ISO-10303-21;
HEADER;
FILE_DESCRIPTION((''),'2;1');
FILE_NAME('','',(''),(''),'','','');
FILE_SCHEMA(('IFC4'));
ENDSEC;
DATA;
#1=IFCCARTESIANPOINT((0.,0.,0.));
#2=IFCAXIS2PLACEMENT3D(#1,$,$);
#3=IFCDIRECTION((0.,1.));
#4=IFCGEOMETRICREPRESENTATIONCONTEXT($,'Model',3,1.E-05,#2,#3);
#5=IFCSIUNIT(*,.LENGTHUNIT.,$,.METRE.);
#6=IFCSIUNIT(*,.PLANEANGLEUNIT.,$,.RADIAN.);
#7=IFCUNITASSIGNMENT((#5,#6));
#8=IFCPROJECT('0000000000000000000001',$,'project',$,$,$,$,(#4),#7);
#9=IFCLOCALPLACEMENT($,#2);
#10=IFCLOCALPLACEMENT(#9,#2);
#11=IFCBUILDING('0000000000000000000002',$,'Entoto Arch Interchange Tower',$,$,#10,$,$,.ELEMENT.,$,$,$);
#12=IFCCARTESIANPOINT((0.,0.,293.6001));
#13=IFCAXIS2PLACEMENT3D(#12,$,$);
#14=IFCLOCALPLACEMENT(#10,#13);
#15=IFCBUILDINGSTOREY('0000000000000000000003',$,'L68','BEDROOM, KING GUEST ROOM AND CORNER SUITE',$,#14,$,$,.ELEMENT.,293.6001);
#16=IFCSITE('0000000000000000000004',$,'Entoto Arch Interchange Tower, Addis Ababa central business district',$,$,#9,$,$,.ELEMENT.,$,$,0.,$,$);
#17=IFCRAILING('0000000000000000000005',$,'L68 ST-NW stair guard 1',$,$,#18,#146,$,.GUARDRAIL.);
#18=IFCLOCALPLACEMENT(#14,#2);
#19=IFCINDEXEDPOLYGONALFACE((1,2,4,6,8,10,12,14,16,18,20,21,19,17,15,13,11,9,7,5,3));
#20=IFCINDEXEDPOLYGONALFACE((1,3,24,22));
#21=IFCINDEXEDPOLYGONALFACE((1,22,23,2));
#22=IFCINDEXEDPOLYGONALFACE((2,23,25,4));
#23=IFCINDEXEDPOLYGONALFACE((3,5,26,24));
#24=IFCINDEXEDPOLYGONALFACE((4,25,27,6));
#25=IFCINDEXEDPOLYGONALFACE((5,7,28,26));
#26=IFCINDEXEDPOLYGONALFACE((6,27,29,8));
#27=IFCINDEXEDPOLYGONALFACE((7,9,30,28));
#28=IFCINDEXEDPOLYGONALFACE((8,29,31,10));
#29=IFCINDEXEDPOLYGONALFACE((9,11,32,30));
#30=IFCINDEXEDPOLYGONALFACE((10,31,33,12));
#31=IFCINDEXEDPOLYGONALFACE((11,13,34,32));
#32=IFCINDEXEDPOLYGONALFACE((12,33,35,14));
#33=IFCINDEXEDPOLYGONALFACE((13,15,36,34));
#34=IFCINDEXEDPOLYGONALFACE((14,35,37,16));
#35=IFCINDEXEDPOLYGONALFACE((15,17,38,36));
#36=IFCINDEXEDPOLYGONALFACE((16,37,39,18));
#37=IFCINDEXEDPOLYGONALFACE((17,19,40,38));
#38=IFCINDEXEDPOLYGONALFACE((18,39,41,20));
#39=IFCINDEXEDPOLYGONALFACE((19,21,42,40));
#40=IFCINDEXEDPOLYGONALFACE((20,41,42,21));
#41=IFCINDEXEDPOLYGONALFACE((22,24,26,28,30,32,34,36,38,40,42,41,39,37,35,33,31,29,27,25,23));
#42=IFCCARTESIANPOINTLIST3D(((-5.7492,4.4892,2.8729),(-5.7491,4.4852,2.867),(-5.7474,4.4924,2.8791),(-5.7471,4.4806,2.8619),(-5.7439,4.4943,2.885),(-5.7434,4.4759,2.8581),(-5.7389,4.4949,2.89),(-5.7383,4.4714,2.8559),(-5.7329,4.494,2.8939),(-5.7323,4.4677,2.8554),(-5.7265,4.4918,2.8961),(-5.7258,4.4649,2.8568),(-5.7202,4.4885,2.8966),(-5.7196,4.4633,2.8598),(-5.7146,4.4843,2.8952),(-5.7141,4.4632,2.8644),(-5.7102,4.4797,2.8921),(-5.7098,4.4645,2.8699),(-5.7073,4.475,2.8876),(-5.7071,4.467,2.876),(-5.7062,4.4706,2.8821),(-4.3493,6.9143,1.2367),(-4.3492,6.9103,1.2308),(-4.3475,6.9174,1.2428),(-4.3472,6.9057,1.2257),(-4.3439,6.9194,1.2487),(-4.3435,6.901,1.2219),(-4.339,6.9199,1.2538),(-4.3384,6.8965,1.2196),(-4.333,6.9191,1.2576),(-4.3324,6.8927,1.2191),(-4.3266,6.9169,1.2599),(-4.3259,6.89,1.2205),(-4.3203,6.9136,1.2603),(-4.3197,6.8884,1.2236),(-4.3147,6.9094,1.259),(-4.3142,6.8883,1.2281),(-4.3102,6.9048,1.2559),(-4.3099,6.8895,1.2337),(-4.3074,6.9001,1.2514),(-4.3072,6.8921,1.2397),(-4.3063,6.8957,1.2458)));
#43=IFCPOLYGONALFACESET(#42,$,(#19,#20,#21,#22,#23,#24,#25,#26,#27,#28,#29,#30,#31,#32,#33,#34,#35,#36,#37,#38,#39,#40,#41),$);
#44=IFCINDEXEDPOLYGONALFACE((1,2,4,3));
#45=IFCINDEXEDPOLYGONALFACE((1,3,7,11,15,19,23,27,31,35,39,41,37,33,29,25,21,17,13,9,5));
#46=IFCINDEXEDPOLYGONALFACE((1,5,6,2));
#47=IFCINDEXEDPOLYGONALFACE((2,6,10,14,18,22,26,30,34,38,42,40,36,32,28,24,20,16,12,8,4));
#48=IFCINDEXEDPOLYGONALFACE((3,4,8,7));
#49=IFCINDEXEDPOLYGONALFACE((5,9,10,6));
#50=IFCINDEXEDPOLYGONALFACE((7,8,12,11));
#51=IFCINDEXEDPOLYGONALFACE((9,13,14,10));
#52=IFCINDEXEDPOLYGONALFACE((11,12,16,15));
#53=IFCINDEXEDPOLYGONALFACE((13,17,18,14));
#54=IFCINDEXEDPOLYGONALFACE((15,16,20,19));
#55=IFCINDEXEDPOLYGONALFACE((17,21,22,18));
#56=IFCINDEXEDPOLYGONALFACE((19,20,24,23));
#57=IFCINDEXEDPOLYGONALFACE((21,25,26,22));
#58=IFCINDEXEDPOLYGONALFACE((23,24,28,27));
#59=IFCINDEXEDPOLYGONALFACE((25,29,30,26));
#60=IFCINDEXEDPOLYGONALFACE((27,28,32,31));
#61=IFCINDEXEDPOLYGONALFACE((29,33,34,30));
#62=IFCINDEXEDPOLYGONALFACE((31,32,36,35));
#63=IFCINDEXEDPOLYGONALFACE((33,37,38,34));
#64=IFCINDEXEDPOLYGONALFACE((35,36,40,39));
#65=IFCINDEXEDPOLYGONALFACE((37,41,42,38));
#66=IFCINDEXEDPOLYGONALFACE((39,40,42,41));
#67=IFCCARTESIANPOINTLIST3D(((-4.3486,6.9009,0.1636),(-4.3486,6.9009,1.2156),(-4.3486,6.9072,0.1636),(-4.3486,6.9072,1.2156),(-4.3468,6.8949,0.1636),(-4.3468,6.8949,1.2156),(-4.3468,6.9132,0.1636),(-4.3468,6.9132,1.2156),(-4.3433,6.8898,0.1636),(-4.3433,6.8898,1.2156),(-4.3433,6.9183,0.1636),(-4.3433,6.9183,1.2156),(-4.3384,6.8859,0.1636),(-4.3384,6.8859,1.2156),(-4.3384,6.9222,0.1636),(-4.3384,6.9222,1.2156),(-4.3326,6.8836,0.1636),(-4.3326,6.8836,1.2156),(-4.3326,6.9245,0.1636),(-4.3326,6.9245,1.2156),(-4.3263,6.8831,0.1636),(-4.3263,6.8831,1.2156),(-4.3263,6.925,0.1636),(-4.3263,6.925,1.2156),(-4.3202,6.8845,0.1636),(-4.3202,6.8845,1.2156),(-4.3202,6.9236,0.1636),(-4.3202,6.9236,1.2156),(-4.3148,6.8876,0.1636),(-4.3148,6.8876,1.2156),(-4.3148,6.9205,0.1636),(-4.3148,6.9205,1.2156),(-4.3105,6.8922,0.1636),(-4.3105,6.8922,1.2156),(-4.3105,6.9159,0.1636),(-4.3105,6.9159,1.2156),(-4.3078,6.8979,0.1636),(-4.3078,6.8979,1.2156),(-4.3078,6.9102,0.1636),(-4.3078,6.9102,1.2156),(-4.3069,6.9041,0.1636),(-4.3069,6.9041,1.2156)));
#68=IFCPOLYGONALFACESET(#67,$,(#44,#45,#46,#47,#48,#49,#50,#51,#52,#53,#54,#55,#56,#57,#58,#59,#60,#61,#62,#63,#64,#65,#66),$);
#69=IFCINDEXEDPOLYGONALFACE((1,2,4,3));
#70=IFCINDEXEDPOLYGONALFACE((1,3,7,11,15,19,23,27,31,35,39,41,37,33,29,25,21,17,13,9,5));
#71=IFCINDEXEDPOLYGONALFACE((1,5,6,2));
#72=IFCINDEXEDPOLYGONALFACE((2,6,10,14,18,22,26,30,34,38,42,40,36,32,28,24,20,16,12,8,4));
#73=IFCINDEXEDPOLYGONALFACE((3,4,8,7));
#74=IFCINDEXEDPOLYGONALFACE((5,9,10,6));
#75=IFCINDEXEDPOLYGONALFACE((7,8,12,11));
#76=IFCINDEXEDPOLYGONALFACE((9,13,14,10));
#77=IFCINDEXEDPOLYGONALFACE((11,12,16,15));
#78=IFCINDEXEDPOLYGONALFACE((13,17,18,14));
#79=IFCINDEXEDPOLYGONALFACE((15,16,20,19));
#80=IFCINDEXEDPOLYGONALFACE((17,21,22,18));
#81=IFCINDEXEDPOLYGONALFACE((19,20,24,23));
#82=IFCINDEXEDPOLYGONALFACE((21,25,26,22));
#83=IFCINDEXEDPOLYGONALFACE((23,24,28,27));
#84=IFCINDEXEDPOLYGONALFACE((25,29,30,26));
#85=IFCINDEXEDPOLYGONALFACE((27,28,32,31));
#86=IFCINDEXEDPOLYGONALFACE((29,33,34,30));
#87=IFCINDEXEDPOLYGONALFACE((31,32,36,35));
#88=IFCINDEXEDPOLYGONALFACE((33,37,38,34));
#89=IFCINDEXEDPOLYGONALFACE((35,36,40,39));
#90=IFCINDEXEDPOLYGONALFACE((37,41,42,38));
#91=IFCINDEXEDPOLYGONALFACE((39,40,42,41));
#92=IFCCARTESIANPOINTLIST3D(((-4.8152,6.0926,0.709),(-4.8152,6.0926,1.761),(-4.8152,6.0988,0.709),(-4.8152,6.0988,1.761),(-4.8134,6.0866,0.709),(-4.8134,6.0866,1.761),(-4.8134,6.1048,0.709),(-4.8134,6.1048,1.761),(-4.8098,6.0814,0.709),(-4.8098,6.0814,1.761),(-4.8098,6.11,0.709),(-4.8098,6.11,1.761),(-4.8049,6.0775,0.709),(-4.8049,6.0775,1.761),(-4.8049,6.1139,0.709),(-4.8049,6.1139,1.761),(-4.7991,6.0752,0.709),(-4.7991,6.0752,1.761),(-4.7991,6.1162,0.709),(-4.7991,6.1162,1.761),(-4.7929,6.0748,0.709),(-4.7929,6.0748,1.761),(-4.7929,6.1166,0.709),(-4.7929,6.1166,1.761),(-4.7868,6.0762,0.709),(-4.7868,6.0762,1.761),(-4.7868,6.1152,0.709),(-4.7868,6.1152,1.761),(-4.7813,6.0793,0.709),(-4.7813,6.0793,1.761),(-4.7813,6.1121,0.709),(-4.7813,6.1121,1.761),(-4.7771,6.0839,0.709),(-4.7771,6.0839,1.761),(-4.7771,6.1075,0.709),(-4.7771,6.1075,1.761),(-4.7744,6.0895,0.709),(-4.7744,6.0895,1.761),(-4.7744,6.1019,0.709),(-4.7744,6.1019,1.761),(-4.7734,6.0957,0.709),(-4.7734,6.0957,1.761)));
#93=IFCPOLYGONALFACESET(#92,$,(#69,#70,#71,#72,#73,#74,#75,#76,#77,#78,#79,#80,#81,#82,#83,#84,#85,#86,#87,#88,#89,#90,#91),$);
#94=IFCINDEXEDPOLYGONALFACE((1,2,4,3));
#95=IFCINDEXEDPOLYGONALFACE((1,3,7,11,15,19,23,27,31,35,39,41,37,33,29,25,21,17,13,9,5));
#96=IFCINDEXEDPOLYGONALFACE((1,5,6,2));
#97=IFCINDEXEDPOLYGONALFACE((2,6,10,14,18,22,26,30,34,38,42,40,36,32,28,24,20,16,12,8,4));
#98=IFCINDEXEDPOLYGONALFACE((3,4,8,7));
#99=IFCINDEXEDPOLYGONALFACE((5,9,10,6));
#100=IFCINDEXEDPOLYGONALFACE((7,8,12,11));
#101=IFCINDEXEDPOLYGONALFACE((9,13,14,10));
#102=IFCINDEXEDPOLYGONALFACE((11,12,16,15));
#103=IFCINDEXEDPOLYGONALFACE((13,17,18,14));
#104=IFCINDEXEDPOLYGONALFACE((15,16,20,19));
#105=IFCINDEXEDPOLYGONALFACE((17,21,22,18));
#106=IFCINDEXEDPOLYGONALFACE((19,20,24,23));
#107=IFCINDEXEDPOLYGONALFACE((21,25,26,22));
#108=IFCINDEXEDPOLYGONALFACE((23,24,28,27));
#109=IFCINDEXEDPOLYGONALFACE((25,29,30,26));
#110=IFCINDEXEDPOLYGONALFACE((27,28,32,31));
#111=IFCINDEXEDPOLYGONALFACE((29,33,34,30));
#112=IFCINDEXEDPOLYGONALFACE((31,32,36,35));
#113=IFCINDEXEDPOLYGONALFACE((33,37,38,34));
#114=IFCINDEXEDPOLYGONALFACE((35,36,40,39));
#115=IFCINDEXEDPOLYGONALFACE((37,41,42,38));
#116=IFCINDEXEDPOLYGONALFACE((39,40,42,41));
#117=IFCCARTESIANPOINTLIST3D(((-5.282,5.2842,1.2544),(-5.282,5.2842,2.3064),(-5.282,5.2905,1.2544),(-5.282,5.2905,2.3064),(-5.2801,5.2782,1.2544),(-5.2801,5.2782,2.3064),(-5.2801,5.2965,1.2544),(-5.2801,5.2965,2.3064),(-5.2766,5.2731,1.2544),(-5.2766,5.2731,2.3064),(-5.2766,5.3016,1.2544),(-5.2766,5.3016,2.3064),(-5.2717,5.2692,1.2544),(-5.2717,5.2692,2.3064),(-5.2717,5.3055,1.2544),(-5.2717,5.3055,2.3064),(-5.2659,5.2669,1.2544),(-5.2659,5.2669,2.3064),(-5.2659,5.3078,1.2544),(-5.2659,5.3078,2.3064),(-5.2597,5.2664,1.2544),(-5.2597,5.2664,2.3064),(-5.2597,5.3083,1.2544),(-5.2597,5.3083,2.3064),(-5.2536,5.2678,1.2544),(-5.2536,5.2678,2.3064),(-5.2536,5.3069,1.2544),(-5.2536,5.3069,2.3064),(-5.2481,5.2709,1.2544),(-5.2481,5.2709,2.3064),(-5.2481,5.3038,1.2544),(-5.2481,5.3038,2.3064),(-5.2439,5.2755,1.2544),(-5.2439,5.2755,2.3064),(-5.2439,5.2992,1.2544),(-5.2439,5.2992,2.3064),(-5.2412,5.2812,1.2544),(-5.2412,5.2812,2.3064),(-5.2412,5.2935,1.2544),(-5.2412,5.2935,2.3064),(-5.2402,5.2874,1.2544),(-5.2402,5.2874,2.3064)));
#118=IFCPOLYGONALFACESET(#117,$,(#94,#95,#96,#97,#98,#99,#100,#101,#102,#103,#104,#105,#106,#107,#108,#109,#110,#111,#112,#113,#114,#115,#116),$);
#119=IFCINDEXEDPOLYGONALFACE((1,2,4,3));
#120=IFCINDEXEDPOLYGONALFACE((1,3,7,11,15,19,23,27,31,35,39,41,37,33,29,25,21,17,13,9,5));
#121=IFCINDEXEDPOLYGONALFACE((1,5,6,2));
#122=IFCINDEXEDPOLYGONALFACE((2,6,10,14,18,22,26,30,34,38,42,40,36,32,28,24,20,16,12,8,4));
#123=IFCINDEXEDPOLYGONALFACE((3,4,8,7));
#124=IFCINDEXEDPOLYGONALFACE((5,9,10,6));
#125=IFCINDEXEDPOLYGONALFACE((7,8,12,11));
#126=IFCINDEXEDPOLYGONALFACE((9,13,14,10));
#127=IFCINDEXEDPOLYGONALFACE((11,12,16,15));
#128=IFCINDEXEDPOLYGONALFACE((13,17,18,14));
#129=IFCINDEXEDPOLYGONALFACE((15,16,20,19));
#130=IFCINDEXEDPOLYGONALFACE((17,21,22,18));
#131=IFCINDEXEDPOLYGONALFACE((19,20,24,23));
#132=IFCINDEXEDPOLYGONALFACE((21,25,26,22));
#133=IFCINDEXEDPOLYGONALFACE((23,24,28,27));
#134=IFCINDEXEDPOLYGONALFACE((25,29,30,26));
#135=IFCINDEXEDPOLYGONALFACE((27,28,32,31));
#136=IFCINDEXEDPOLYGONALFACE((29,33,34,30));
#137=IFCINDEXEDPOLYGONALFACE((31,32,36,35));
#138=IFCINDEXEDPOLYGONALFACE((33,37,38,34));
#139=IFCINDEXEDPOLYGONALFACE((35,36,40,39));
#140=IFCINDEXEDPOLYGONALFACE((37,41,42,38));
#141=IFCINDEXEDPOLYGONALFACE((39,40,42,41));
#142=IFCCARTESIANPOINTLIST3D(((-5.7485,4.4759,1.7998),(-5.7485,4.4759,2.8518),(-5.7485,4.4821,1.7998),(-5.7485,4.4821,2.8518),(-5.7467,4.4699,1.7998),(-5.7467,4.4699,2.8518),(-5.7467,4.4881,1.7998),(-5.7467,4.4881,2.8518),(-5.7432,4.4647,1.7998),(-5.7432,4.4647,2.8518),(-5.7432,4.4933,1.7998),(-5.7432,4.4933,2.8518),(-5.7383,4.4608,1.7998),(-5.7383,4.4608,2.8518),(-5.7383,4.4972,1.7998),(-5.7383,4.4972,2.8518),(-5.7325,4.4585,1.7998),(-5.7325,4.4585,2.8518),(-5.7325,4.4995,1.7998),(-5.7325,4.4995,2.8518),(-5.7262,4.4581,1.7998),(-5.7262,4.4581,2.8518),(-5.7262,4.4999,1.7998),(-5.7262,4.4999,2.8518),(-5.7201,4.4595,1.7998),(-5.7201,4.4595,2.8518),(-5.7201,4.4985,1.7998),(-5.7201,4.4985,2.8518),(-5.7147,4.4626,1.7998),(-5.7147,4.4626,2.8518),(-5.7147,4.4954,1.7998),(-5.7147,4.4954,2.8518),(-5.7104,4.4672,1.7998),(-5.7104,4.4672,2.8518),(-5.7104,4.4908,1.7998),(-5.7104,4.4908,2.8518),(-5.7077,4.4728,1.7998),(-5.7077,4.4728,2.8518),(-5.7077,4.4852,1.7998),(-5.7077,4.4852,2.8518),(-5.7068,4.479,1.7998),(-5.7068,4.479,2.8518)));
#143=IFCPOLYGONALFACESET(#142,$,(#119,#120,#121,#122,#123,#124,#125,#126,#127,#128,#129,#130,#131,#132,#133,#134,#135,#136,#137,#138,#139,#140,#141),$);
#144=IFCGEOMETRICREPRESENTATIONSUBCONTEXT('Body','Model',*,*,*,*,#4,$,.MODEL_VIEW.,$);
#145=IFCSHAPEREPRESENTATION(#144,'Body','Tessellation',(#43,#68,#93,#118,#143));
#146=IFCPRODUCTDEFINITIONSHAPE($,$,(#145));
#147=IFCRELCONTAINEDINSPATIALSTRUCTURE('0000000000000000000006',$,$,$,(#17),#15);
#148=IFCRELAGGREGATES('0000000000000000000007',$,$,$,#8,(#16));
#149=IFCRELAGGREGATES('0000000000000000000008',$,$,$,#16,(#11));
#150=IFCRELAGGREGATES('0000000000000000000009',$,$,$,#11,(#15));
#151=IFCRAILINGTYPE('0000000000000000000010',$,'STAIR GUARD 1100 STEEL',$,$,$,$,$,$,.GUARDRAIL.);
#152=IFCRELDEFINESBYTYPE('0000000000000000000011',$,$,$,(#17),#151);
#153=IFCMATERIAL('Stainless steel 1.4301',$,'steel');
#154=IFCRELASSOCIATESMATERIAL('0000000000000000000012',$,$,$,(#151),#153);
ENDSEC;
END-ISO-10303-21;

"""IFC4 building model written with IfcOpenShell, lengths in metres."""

from ifc_helpers import new_model, si_unit, direction, frame, origin, origin_2d, place, context, subcontext, project, spatial, circle, extrude, material, type_object, element, save


model = new_model("IFC4")

# Units and contexts
model_context = context("Model", 3, precision=1e-05, world=origin(), true_north=direction((0.0, 1.0)))
body_context = subcontext(model_context, "Body", "Model", "MODEL_VIEW")
ifc_project = project(units=[si_unit("LENGTHUNIT", "METRE"), si_unit("PLANEANGLEUNIT", "RADIAN")], contexts=[model_context])

# Site, building, storey
site_placement = place(None, origin())
site = spatial("IfcSite", under=ifc_project, at=site_placement, Name="Entoto Arch Interchange Tower, Addis Ababa central business district", CompositionType="ELEMENT", RefElevation=0.0)
building_placement = place(site_placement, origin())
building = spatial("IfcBuilding", under=site, at=building_placement, Name="Entoto Arch Interchange Tower", CompositionType="ELEMENT")
storey_placement = place(building_placement, frame((0.0, 0.0, 293.6001)))
storey = spatial("IfcBuildingStorey", under=building, at=storey_placement, Name="L68", Description="BEDROOM, KING GUEST ROOM AND CORNER SUITE", CompositionType="ELEMENT", Elevation=293.6001)

# Railing
ifc_material_1 = material(Name="Stainless steel 1.4301", Category="steel")
railing_type_1 = type_object("IfcRailingType", Name="STAIR GUARD 1100 STEEL", PredefinedType="GUARDRAIL", material=ifc_material_1)
railing_1_placement = place(storey_placement, frame((-4.3279, 6.9041, 0.1636)))
element("IfcRailing", 1, at=railing_1_placement, inside=storey, type_object=railing_type_1, Name="L68 ST-NW stair guard 1", PredefinedType="GUARDRAIL", context=body_context, shape_type="SweptSolid", body=[
    extrude(circle(Radius=0.0239, at=origin_2d()), frame((0.0, 0.0, 1.0762), z_axis=(-0.431653, -0.747751, 0.504523), x_axis=(0.866056, -0.499946, 0.0)), (0.0, 0.0, 1.0), 3.2432),
    extrude(circle(Radius=0.021, at=origin_2d()), origin(), (0.0, 0.0, 1.0), 1.052),
    extrude(circle(Radius=0.021, at=origin_2d()), frame((-0.4666, -0.8083, 0.5454)), (0.0, 0.0, 1.0), 1.052),
    extrude(circle(Radius=0.021, at=origin_2d()), frame((-0.9333, -1.6167, 1.0908)), (0.0, 0.0, 1.0), 1.052),
    extrude(circle(Radius=0.021, at=origin_2d()), frame((-1.3999, -2.425, 1.6362)), (0.0, 0.0, 1.0), 1.052),
])

save(model, "model.ifc")
